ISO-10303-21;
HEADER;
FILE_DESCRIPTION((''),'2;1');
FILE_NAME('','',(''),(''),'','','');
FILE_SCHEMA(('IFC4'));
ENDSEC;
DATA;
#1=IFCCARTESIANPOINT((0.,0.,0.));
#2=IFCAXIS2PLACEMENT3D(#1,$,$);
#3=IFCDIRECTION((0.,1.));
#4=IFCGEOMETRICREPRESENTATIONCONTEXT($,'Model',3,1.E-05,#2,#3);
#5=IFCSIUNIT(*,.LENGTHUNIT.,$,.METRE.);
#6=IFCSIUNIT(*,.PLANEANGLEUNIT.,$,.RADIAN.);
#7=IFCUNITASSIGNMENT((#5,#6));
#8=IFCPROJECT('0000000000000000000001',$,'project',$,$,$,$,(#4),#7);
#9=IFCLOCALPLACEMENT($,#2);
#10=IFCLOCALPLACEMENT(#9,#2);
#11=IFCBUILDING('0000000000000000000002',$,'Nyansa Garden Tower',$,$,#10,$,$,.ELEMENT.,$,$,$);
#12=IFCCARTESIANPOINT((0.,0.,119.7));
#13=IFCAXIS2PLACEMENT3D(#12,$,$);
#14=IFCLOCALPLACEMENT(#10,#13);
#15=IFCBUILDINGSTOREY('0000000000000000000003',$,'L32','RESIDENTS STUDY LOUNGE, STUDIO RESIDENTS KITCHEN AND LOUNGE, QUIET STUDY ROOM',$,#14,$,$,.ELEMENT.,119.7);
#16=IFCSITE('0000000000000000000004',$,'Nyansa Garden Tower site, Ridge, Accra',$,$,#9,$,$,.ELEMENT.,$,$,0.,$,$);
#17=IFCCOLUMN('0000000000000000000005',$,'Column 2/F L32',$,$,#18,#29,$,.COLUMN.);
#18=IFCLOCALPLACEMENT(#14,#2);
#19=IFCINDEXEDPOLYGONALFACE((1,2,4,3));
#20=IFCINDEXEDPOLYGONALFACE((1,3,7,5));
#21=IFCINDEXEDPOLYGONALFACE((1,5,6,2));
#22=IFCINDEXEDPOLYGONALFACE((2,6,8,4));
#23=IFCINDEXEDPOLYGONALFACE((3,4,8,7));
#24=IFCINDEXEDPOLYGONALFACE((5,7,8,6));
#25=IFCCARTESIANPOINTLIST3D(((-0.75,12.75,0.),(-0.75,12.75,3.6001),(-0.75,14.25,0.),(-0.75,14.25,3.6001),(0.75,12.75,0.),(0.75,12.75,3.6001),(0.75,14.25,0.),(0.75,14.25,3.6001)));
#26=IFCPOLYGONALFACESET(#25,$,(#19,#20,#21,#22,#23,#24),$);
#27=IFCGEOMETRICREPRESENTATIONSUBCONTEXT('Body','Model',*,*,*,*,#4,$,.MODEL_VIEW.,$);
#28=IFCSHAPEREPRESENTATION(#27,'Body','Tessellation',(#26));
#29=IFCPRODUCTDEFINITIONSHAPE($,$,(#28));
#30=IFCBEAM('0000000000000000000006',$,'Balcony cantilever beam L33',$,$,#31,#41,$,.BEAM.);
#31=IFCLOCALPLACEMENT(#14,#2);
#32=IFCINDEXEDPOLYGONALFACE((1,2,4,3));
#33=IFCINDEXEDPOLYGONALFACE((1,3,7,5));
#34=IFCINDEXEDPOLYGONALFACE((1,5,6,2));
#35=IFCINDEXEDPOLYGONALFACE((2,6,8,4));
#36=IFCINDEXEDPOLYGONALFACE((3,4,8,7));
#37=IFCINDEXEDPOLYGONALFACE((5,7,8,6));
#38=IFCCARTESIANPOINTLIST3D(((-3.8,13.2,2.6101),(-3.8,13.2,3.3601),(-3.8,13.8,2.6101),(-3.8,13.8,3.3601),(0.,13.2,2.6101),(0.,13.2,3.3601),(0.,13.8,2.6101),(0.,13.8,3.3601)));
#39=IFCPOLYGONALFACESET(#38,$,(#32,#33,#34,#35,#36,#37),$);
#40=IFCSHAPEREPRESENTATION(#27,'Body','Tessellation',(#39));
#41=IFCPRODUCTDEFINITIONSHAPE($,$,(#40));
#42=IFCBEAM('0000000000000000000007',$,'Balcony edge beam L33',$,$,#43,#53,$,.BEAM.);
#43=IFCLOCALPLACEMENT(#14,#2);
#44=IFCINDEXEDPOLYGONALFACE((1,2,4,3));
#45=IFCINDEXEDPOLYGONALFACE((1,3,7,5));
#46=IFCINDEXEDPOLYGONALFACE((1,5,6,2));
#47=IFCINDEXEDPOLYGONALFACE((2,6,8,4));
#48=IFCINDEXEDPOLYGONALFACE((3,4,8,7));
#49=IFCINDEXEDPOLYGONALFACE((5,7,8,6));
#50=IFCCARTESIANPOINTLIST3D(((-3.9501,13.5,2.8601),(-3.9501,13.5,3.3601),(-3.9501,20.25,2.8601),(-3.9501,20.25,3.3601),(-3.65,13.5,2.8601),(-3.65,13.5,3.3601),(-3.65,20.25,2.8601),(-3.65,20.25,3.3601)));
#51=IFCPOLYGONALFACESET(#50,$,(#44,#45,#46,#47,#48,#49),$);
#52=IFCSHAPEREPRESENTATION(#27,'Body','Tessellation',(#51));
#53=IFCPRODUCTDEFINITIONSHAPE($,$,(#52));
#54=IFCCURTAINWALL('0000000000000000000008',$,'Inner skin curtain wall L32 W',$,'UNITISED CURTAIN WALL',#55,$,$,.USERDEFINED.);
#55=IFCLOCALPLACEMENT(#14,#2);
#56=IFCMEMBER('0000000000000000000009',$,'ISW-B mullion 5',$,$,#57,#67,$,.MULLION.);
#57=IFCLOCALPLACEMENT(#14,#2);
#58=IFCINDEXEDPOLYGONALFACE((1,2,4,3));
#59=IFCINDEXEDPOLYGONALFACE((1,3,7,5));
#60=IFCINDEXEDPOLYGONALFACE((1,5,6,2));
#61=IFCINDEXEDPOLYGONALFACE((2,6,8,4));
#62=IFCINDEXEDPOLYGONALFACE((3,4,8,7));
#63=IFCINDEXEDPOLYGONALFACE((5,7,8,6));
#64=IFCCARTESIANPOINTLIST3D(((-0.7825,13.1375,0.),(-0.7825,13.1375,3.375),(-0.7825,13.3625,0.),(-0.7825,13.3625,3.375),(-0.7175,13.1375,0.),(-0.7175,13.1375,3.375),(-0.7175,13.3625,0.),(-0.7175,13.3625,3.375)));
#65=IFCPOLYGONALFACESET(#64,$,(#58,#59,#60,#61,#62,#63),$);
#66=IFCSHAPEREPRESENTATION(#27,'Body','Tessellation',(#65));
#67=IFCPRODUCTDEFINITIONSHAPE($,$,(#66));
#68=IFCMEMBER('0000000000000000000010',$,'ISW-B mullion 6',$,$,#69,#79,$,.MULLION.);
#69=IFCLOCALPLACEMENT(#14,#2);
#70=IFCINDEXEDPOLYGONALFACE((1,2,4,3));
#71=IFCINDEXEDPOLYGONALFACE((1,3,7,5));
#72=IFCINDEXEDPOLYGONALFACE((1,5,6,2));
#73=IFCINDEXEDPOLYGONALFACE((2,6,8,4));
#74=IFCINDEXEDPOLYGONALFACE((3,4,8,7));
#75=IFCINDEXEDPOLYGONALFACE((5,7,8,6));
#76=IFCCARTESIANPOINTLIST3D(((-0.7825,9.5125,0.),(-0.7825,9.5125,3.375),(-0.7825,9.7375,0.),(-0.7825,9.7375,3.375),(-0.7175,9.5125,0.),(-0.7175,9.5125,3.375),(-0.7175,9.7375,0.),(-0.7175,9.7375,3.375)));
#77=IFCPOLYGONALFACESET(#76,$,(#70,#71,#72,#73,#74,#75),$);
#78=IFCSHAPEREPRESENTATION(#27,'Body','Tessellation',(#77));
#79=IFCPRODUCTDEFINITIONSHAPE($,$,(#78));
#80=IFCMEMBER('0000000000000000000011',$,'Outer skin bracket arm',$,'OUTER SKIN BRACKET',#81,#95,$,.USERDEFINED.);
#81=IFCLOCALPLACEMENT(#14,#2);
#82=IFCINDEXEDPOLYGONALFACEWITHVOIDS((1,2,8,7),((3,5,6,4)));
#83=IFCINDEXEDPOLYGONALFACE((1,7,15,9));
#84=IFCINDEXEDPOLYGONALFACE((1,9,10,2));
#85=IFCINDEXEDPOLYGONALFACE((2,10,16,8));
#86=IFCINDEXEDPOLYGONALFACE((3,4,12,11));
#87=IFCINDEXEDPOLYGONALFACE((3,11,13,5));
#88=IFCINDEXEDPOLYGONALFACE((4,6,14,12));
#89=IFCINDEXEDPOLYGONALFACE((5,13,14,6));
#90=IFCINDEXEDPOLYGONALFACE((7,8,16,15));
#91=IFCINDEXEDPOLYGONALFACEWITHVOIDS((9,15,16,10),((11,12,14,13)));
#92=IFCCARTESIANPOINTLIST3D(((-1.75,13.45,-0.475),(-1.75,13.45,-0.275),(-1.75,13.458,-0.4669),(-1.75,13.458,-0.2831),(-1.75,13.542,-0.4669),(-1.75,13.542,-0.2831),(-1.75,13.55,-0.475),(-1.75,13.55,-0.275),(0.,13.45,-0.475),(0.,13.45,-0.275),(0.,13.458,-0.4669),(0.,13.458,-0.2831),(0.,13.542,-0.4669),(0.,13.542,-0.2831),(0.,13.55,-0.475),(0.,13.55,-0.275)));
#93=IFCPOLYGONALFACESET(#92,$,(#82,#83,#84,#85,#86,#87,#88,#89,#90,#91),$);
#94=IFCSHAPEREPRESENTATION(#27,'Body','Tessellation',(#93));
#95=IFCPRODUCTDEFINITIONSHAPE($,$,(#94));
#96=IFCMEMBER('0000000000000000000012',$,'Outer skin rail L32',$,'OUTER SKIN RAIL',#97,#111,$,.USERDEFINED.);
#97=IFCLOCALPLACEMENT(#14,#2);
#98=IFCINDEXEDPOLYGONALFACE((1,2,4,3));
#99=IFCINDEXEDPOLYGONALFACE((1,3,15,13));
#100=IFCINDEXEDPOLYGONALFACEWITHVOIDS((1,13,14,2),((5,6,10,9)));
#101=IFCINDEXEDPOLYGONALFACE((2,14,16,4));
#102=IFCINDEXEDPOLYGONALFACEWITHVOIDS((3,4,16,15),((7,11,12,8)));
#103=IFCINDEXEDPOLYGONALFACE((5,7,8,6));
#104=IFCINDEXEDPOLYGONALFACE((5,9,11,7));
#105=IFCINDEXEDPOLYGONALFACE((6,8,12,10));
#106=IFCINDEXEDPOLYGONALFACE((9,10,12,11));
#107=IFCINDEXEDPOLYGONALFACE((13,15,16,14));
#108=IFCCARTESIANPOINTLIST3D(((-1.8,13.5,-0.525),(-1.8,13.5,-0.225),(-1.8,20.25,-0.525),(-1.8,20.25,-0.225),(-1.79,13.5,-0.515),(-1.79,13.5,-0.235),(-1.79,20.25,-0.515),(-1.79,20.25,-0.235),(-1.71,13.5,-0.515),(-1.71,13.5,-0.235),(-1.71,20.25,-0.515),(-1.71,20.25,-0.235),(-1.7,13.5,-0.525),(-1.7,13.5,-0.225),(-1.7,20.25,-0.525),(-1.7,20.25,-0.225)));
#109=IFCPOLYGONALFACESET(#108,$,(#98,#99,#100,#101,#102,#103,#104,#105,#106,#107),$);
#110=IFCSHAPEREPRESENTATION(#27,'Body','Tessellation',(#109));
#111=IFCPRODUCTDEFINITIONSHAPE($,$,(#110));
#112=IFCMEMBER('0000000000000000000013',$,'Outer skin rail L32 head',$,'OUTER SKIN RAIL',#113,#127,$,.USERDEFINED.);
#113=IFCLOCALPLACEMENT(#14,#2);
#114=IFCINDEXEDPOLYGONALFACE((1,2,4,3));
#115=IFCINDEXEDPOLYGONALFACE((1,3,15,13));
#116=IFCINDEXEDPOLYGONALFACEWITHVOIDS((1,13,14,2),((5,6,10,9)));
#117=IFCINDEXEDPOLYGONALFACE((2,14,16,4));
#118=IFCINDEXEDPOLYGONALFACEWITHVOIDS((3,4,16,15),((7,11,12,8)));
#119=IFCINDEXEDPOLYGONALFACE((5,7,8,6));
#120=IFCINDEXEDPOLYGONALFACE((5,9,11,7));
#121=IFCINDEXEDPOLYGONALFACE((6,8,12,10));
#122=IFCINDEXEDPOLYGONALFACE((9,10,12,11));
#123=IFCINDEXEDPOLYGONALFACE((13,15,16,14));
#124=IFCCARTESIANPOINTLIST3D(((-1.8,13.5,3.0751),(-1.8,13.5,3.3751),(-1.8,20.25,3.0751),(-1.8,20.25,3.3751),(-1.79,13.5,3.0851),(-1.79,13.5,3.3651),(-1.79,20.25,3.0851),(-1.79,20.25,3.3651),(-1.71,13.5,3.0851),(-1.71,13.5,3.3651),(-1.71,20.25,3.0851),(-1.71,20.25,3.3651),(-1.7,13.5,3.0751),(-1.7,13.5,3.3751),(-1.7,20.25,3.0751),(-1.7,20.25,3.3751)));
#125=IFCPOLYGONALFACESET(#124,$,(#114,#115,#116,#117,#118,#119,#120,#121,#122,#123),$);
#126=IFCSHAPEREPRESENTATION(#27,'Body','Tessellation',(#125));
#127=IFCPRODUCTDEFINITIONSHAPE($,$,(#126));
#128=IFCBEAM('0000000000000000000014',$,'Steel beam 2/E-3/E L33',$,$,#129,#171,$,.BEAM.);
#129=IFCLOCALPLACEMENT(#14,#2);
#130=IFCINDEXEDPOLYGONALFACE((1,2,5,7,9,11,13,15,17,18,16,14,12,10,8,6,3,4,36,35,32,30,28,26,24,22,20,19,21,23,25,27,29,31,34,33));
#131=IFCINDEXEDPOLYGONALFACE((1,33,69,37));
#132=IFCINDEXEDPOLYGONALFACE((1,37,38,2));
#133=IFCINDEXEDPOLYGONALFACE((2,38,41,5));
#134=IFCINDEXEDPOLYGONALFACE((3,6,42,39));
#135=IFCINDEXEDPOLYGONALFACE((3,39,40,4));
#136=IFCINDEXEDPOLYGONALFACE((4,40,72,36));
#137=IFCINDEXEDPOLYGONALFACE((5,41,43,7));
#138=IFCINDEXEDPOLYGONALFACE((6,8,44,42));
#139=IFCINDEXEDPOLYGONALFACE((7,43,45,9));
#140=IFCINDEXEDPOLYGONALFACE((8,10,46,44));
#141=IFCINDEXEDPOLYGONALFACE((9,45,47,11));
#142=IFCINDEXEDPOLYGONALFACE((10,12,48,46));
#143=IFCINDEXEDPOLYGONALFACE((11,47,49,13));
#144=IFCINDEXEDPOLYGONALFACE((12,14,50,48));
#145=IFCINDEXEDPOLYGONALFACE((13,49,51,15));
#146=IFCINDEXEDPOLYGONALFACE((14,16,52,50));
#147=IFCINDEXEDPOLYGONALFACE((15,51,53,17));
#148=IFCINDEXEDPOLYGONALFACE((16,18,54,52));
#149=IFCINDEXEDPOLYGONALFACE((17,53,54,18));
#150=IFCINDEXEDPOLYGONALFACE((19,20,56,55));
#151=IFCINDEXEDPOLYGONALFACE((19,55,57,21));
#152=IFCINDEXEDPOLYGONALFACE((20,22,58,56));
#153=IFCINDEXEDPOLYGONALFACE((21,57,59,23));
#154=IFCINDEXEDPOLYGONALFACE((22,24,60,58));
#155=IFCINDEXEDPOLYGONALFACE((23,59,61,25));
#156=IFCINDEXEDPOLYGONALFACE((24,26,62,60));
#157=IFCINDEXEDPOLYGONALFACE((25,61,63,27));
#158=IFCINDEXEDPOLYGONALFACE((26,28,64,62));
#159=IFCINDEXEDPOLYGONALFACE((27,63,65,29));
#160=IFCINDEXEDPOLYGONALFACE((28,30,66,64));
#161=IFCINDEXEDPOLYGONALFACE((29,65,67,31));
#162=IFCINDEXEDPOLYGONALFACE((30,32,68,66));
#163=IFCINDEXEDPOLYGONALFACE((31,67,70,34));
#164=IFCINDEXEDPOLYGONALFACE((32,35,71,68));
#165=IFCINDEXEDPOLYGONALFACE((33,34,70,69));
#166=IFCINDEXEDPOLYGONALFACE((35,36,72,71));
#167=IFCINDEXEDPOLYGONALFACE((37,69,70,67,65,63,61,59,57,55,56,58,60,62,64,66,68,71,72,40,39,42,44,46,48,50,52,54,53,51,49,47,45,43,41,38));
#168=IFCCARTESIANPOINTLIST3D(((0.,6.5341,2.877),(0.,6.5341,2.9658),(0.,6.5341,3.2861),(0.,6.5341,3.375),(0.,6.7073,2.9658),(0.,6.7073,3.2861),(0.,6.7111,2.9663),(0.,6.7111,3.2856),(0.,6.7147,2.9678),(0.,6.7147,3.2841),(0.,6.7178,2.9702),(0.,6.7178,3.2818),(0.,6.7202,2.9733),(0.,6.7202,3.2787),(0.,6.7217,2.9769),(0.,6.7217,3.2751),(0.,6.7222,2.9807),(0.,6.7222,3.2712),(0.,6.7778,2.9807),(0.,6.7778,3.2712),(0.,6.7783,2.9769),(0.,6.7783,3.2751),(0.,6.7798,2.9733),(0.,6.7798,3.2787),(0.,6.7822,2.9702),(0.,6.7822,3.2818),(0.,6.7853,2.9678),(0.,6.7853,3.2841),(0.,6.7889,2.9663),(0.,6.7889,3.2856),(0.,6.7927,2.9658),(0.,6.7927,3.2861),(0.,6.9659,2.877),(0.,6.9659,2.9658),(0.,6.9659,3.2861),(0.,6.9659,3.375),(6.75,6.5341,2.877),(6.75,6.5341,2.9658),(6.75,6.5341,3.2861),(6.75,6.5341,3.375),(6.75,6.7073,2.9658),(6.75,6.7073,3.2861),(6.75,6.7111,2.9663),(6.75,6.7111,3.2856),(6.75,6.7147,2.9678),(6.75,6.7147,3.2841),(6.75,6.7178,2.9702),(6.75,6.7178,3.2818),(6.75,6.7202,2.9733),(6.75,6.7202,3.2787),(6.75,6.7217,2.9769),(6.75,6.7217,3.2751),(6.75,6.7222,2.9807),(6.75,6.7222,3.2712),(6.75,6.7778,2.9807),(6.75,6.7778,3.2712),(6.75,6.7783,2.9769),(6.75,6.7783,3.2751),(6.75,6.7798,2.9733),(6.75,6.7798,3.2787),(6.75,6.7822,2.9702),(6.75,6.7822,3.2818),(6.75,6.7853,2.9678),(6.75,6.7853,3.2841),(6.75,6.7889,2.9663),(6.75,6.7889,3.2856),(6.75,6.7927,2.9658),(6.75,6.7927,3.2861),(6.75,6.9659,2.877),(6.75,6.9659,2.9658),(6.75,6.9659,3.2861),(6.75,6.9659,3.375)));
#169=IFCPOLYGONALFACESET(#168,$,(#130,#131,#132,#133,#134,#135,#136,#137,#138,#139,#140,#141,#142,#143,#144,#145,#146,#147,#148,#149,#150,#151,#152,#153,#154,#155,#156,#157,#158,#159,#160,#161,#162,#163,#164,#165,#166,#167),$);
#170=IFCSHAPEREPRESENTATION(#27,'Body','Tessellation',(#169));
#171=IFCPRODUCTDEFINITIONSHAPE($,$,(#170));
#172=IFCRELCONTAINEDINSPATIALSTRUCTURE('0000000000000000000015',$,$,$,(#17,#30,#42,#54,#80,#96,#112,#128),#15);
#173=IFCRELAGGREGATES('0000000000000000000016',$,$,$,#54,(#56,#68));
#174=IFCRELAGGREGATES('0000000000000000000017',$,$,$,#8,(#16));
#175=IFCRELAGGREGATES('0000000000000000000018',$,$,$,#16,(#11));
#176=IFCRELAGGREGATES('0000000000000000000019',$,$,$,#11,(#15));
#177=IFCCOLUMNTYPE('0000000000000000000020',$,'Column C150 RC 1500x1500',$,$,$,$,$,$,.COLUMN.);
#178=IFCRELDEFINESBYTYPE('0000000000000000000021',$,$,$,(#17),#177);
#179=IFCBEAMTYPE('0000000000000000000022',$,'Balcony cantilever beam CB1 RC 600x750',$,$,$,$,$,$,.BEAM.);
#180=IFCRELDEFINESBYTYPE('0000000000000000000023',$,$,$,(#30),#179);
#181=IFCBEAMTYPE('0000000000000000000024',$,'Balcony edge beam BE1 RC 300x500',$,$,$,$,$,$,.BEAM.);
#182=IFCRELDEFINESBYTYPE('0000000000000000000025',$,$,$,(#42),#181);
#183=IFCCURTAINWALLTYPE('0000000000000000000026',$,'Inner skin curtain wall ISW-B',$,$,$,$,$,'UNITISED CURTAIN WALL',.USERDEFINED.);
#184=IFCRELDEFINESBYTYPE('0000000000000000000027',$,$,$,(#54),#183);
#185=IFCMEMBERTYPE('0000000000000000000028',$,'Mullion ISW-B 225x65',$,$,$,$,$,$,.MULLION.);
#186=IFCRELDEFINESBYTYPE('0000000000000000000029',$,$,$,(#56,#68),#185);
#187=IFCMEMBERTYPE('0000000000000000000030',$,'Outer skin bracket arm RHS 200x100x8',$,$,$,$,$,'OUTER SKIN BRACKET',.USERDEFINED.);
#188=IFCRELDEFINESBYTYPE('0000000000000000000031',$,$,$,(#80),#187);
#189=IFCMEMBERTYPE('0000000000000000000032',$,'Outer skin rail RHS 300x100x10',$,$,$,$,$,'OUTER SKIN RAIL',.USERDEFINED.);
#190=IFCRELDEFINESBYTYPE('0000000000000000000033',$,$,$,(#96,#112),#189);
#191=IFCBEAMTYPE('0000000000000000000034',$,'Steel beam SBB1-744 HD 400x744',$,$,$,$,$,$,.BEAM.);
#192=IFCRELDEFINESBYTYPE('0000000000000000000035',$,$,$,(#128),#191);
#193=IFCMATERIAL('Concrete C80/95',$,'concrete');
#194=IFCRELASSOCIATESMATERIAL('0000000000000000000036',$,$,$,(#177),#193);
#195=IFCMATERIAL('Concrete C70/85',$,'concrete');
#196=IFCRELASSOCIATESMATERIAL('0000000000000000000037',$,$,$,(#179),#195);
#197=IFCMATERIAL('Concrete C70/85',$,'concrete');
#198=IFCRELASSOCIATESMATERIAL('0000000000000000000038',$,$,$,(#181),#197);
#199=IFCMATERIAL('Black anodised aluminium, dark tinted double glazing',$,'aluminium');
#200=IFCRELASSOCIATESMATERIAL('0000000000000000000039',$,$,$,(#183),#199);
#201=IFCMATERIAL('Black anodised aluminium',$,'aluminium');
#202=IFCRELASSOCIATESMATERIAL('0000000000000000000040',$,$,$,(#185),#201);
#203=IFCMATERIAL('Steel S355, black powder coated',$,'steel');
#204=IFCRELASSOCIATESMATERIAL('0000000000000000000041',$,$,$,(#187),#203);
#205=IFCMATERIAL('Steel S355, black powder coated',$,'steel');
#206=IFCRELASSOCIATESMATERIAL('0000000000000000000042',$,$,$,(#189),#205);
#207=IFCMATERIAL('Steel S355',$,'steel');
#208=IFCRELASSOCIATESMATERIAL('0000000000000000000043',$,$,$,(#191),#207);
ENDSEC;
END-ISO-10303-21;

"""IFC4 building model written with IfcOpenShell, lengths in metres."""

from ifc_helpers import new_model, si_unit, direction, frame, origin, origin_2d, place, context, subcontext, project, spatial, rectangle, hollow_rectangle, i_section, extrude, material, material_profile, profile_set, type_object, element, aggregate, save


model = new_model("IFC4")

# Units and contexts
model_context = context("Model", 3, precision=1e-05, world=origin(), true_north=direction((0.0, 1.0)))
body_context = subcontext(model_context, "Body", "Model", "MODEL_VIEW")
ifc_project = project(units=[si_unit("LENGTHUNIT", "METRE"), si_unit("PLANEANGLEUNIT", "RADIAN")], contexts=[model_context])

# Site, building, storey
site_placement = place(None, origin())
site = spatial("IfcSite", under=ifc_project, at=site_placement, Name="Nyansa Garden Tower site, Ridge, Accra", CompositionType="ELEMENT", RefElevation=0.0)
building_placement = place(site_placement, origin())
building = spatial("IfcBuilding", under=site, at=building_placement, Name="Nyansa Garden Tower", CompositionType="ELEMENT")
storey_placement = place(building_placement, frame((0.0, 0.0, 119.7)))
storey = spatial("IfcBuildingStorey", under=building, at=storey_placement, Name="L32", Description="RESIDENTS STUDY LOUNGE, STUDIO RESIDENTS KITCHEN AND LOUNGE, QUIET STUDY ROOM", CompositionType="ELEMENT", Elevation=119.7)

# Column
ifc_material_1 = material(Name="Concrete C80/95", Category="concrete")
ifc_material_profile_1 = material_profile(ifc_material_1, rectangle(XDim=1.5, YDim=1.5, at=origin_2d()), Name="RC 1500x1500")
ifc_profile_set_1 = profile_set([ifc_material_profile_1], Name="Concrete C80/95")
column_type = type_object("IfcColumnType", Name="Column C150 RC 1500x1500", PredefinedType="COLUMN", material=ifc_profile_set_1)
column_placement = place(storey_placement, frame((0.0, 13.5, 0.0), z_axis=(0.0, 0.0, 1.0), x_axis=(1.0, 0.0, 0.0)))
element("IfcColumn", 1, at=column_placement, inside=storey, type_object=column_type, Name="Column 2/F L32", PredefinedType="COLUMN", context=body_context, shape_type="SweptSolid", body=[
    extrude(rectangle(XDim=1.5, YDim=1.5, at=origin_2d()), origin(), (0.0, 0.0, 1.0), 3.6001),
])

# Beams
ifc_material_2 = material(Name="Concrete C70/85", Category="concrete")
ifc_material_profile_2 = material_profile(ifc_material_2, rectangle(XDim=0.6001, YDim=0.75, at=origin_2d()), Name="RC 600x750")
ifc_profile_set_2 = profile_set([ifc_material_profile_2], Name="Concrete C70/85")
beam_type_1 = type_object("IfcBeamType", Name="Balcony cantilever beam CB1 RC 600x750", PredefinedType="BEAM", material=ifc_profile_set_2)
beam_1_placement = place(storey_placement, frame((0.0, 13.5, 2.9851), z_axis=(-1.0, 0.0, 0.0), x_axis=(0.0, -1.0, 0.0)))
element("IfcBeam", 2, at=beam_1_placement, inside=storey, type_object=beam_type_1, Name="Balcony cantilever beam L33", PredefinedType="BEAM", context=body_context, shape_type="SweptSolid", body=[
    extrude(rectangle(XDim=0.6001, YDim=0.75, at=origin_2d()), origin(), (0.0, 0.0, 1.0), 3.8),
])
ifc_material_3 = material(Name="Concrete C70/85", Category="concrete")
ifc_material_profile_3 = material_profile(ifc_material_3, rectangle(XDim=0.3, YDim=0.5, at=origin_2d()), Name="RC 300x500")
ifc_profile_set_3 = profile_set([ifc_material_profile_3], Name="Concrete C70/85")
beam_type_2 = type_object("IfcBeamType", Name="Balcony edge beam BE1 RC 300x500", PredefinedType="BEAM", material=ifc_profile_set_3)
beam_2_placement = place(storey_placement, frame((-3.8, 13.5, 3.1101), z_axis=(0.0, 1.0, 0.0), x_axis=(-1.0, 0.0, 0.0)))
element("IfcBeam", 3, at=beam_2_placement, inside=storey, type_object=beam_type_2, Name="Balcony edge beam L33", PredefinedType="BEAM", context=body_context, shape_type="SweptSolid", body=[
    extrude(rectangle(XDim=0.3, YDim=0.5, at=origin_2d()), origin(), (0.0, 0.0, 1.0), 6.75),
])

# Curtain wall, members
ifc_material_4 = material(Name="Black anodised aluminium, dark tinted double glazing", Category="aluminium")
curtain_wall_type = type_object("IfcCurtainWallType", Name="Inner skin curtain wall ISW-B", ElementType="UNITISED CURTAIN WALL", PredefinedType="USERDEFINED", material=ifc_material_4)
curtain_wall_placement = place(storey_placement, origin())
curtain_wall = element("IfcCurtainWall", 4, at=curtain_wall_placement, inside=storey, type_object=curtain_wall_type, Name="Inner skin curtain wall L32 W", ObjectType="UNITISED CURTAIN WALL", PredefinedType="USERDEFINED")
ifc_material_5 = material(Name="Black anodised aluminium", Category="aluminium")
ifc_material_profile_4 = material_profile(ifc_material_5, rectangle(XDim=0.0649, YDim=0.2251, at=origin_2d()), Name="Mullion 225x65")
ifc_profile_set_4 = profile_set([ifc_material_profile_4], Name="Black anodised aluminium")
member_type_1 = type_object("IfcMemberType", Name="Mullion ISW-B 225x65", PredefinedType="MULLION", material=ifc_profile_set_4)
member_1_placement = place(storey_placement, frame((-0.75, 13.25, 0.0), z_axis=(0.0, 0.0, 1.0), x_axis=(1.0, 0.0, 0.0)))
member_1 = element("IfcMember", 5, at=member_1_placement, type_object=member_type_1, Name="ISW-B mullion 5", PredefinedType="MULLION", context=body_context, shape_type="SweptSolid", body=[
    extrude(rectangle(XDim=0.0649, YDim=0.2251, at=origin_2d()), origin(), (0.0, 0.0, 1.0), 3.375),
])
member_2_placement = place(storey_placement, frame((-0.75, 9.625, 0.0), z_axis=(0.0, 0.0, 1.0), x_axis=(1.0, 0.0, 0.0)))
member_2 = element("IfcMember", 6, at=member_2_placement, type_object=member_type_1, Name="ISW-B mullion 6", PredefinedType="MULLION", context=body_context, shape_type="SweptSolid", body=[
    extrude(rectangle(XDim=0.0649, YDim=0.2251, at=origin_2d()), origin(), (0.0, 0.0, 1.0), 3.375),
])

# Members
ifc_material_6 = material(Name="Steel S355, black powder coated", Category="steel")
ifc_material_profile_5 = material_profile(ifc_material_6, hollow_rectangle(XDim=0.1001, YDim=0.2, WallThickness=0.0081, at=origin_2d()), Name="RHS 200x100x8")
ifc_profile_set_5 = profile_set([ifc_material_profile_5], Name="Steel S355, black powder coated")
member_type_2 = type_object("IfcMemberType", Name="Outer skin bracket arm RHS 200x100x8", ElementType="OUTER SKIN BRACKET", PredefinedType="USERDEFINED", material=ifc_profile_set_5)
member_3_placement = place(storey_placement, frame((0.0, 13.5, -0.375), z_axis=(-1.0, 0.0, 0.0), x_axis=(0.0, -1.0, 0.0)))
element("IfcMember", 7, at=member_3_placement, inside=storey, type_object=member_type_2, Name="Outer skin bracket arm", ObjectType="OUTER SKIN BRACKET", PredefinedType="USERDEFINED", context=body_context, shape_type="SweptSolid", body=[
    extrude(hollow_rectangle(XDim=0.1001, YDim=0.2, WallThickness=0.0081, at=origin_2d()), origin(), (0.0, 0.0, 1.0), 1.75),
])
ifc_material_7 = material(Name="Steel S355, black powder coated", Category="steel")
ifc_material_profile_6 = material_profile(ifc_material_7, hollow_rectangle(XDim=0.1001, YDim=0.3, WallThickness=0.01, at=origin_2d()), Name="RHS 300x100x10")
ifc_profile_set_6 = profile_set([ifc_material_profile_6], Name="Steel S355, black powder coated")
member_type_3 = type_object("IfcMemberType", Name="Outer skin rail RHS 300x100x10", ElementType="OUTER SKIN RAIL", PredefinedType="USERDEFINED", material=ifc_profile_set_6)
for number, where, z_axis, x_axis, name in (
    (8, (-1.75, 13.5, -0.375), (0.0, 1.0, 0.0), (-1.0, 0.0, 0.0), "Outer skin rail L32"),
    (9, (-1.75, 13.5, 3.2251), (0.0, 1.0, 0.0), (-1.0, 0.0, 0.0), "Outer skin rail L32 head"),
):
    element("IfcMember", number, at=place(storey_placement, frame(where, z_axis=z_axis, x_axis=x_axis)), inside=storey, type_object=member_type_3, Name=name, ObjectType="OUTER SKIN RAIL", PredefinedType="USERDEFINED", context=body_context, shape_type="SweptSolid", body=[
        extrude(hollow_rectangle(XDim=0.1001, YDim=0.3, WallThickness=0.01, at=origin_2d()), origin(), (0.0, 0.0, 1.0), 6.75),
    ])

# Beam
ifc_material_8 = material(Name="Steel S355", Category="steel")
ifc_material_profile_7 = material_profile(ifc_material_8, i_section(OverallWidth=0.4319, OverallDepth=0.498, WebThickness=0.0557, FlangeThickness=0.0889, FilletRadius=0.0149, at=origin_2d()), Name="HD 400x744")
ifc_profile_set_7 = profile_set([ifc_material_profile_7], Name="Steel S355")
beam_type_3 = type_object("IfcBeamType", Name="Steel beam SBB1-744 HD 400x744", PredefinedType="BEAM", material=ifc_profile_set_7)
for number, where, z_axis, x_axis, name in (
    (10, (0.0, 6.75, 3.126), (1.0, 0.0, 0.0), (0.0, 1.0, 0.0), "Steel beam 2/E-3/E L33"),
):
    element("IfcBeam", number, at=place(storey_placement, frame(where, z_axis=z_axis, x_axis=x_axis)), inside=storey, type_object=beam_type_3, Name=name, PredefinedType="BEAM", context=body_context, shape_type="SweptSolid", body=[
        extrude(i_section(OverallWidth=0.4319, OverallDepth=0.498, WebThickness=0.0557, FlangeThickness=0.0889, FilletRadius=0.0149, at=origin_2d()), origin(), (0.0, 0.0, 1.0), 6.75),
    ])

aggregate(curtain_wall, [member_1, member_2])

save(model, "model.ifc")
